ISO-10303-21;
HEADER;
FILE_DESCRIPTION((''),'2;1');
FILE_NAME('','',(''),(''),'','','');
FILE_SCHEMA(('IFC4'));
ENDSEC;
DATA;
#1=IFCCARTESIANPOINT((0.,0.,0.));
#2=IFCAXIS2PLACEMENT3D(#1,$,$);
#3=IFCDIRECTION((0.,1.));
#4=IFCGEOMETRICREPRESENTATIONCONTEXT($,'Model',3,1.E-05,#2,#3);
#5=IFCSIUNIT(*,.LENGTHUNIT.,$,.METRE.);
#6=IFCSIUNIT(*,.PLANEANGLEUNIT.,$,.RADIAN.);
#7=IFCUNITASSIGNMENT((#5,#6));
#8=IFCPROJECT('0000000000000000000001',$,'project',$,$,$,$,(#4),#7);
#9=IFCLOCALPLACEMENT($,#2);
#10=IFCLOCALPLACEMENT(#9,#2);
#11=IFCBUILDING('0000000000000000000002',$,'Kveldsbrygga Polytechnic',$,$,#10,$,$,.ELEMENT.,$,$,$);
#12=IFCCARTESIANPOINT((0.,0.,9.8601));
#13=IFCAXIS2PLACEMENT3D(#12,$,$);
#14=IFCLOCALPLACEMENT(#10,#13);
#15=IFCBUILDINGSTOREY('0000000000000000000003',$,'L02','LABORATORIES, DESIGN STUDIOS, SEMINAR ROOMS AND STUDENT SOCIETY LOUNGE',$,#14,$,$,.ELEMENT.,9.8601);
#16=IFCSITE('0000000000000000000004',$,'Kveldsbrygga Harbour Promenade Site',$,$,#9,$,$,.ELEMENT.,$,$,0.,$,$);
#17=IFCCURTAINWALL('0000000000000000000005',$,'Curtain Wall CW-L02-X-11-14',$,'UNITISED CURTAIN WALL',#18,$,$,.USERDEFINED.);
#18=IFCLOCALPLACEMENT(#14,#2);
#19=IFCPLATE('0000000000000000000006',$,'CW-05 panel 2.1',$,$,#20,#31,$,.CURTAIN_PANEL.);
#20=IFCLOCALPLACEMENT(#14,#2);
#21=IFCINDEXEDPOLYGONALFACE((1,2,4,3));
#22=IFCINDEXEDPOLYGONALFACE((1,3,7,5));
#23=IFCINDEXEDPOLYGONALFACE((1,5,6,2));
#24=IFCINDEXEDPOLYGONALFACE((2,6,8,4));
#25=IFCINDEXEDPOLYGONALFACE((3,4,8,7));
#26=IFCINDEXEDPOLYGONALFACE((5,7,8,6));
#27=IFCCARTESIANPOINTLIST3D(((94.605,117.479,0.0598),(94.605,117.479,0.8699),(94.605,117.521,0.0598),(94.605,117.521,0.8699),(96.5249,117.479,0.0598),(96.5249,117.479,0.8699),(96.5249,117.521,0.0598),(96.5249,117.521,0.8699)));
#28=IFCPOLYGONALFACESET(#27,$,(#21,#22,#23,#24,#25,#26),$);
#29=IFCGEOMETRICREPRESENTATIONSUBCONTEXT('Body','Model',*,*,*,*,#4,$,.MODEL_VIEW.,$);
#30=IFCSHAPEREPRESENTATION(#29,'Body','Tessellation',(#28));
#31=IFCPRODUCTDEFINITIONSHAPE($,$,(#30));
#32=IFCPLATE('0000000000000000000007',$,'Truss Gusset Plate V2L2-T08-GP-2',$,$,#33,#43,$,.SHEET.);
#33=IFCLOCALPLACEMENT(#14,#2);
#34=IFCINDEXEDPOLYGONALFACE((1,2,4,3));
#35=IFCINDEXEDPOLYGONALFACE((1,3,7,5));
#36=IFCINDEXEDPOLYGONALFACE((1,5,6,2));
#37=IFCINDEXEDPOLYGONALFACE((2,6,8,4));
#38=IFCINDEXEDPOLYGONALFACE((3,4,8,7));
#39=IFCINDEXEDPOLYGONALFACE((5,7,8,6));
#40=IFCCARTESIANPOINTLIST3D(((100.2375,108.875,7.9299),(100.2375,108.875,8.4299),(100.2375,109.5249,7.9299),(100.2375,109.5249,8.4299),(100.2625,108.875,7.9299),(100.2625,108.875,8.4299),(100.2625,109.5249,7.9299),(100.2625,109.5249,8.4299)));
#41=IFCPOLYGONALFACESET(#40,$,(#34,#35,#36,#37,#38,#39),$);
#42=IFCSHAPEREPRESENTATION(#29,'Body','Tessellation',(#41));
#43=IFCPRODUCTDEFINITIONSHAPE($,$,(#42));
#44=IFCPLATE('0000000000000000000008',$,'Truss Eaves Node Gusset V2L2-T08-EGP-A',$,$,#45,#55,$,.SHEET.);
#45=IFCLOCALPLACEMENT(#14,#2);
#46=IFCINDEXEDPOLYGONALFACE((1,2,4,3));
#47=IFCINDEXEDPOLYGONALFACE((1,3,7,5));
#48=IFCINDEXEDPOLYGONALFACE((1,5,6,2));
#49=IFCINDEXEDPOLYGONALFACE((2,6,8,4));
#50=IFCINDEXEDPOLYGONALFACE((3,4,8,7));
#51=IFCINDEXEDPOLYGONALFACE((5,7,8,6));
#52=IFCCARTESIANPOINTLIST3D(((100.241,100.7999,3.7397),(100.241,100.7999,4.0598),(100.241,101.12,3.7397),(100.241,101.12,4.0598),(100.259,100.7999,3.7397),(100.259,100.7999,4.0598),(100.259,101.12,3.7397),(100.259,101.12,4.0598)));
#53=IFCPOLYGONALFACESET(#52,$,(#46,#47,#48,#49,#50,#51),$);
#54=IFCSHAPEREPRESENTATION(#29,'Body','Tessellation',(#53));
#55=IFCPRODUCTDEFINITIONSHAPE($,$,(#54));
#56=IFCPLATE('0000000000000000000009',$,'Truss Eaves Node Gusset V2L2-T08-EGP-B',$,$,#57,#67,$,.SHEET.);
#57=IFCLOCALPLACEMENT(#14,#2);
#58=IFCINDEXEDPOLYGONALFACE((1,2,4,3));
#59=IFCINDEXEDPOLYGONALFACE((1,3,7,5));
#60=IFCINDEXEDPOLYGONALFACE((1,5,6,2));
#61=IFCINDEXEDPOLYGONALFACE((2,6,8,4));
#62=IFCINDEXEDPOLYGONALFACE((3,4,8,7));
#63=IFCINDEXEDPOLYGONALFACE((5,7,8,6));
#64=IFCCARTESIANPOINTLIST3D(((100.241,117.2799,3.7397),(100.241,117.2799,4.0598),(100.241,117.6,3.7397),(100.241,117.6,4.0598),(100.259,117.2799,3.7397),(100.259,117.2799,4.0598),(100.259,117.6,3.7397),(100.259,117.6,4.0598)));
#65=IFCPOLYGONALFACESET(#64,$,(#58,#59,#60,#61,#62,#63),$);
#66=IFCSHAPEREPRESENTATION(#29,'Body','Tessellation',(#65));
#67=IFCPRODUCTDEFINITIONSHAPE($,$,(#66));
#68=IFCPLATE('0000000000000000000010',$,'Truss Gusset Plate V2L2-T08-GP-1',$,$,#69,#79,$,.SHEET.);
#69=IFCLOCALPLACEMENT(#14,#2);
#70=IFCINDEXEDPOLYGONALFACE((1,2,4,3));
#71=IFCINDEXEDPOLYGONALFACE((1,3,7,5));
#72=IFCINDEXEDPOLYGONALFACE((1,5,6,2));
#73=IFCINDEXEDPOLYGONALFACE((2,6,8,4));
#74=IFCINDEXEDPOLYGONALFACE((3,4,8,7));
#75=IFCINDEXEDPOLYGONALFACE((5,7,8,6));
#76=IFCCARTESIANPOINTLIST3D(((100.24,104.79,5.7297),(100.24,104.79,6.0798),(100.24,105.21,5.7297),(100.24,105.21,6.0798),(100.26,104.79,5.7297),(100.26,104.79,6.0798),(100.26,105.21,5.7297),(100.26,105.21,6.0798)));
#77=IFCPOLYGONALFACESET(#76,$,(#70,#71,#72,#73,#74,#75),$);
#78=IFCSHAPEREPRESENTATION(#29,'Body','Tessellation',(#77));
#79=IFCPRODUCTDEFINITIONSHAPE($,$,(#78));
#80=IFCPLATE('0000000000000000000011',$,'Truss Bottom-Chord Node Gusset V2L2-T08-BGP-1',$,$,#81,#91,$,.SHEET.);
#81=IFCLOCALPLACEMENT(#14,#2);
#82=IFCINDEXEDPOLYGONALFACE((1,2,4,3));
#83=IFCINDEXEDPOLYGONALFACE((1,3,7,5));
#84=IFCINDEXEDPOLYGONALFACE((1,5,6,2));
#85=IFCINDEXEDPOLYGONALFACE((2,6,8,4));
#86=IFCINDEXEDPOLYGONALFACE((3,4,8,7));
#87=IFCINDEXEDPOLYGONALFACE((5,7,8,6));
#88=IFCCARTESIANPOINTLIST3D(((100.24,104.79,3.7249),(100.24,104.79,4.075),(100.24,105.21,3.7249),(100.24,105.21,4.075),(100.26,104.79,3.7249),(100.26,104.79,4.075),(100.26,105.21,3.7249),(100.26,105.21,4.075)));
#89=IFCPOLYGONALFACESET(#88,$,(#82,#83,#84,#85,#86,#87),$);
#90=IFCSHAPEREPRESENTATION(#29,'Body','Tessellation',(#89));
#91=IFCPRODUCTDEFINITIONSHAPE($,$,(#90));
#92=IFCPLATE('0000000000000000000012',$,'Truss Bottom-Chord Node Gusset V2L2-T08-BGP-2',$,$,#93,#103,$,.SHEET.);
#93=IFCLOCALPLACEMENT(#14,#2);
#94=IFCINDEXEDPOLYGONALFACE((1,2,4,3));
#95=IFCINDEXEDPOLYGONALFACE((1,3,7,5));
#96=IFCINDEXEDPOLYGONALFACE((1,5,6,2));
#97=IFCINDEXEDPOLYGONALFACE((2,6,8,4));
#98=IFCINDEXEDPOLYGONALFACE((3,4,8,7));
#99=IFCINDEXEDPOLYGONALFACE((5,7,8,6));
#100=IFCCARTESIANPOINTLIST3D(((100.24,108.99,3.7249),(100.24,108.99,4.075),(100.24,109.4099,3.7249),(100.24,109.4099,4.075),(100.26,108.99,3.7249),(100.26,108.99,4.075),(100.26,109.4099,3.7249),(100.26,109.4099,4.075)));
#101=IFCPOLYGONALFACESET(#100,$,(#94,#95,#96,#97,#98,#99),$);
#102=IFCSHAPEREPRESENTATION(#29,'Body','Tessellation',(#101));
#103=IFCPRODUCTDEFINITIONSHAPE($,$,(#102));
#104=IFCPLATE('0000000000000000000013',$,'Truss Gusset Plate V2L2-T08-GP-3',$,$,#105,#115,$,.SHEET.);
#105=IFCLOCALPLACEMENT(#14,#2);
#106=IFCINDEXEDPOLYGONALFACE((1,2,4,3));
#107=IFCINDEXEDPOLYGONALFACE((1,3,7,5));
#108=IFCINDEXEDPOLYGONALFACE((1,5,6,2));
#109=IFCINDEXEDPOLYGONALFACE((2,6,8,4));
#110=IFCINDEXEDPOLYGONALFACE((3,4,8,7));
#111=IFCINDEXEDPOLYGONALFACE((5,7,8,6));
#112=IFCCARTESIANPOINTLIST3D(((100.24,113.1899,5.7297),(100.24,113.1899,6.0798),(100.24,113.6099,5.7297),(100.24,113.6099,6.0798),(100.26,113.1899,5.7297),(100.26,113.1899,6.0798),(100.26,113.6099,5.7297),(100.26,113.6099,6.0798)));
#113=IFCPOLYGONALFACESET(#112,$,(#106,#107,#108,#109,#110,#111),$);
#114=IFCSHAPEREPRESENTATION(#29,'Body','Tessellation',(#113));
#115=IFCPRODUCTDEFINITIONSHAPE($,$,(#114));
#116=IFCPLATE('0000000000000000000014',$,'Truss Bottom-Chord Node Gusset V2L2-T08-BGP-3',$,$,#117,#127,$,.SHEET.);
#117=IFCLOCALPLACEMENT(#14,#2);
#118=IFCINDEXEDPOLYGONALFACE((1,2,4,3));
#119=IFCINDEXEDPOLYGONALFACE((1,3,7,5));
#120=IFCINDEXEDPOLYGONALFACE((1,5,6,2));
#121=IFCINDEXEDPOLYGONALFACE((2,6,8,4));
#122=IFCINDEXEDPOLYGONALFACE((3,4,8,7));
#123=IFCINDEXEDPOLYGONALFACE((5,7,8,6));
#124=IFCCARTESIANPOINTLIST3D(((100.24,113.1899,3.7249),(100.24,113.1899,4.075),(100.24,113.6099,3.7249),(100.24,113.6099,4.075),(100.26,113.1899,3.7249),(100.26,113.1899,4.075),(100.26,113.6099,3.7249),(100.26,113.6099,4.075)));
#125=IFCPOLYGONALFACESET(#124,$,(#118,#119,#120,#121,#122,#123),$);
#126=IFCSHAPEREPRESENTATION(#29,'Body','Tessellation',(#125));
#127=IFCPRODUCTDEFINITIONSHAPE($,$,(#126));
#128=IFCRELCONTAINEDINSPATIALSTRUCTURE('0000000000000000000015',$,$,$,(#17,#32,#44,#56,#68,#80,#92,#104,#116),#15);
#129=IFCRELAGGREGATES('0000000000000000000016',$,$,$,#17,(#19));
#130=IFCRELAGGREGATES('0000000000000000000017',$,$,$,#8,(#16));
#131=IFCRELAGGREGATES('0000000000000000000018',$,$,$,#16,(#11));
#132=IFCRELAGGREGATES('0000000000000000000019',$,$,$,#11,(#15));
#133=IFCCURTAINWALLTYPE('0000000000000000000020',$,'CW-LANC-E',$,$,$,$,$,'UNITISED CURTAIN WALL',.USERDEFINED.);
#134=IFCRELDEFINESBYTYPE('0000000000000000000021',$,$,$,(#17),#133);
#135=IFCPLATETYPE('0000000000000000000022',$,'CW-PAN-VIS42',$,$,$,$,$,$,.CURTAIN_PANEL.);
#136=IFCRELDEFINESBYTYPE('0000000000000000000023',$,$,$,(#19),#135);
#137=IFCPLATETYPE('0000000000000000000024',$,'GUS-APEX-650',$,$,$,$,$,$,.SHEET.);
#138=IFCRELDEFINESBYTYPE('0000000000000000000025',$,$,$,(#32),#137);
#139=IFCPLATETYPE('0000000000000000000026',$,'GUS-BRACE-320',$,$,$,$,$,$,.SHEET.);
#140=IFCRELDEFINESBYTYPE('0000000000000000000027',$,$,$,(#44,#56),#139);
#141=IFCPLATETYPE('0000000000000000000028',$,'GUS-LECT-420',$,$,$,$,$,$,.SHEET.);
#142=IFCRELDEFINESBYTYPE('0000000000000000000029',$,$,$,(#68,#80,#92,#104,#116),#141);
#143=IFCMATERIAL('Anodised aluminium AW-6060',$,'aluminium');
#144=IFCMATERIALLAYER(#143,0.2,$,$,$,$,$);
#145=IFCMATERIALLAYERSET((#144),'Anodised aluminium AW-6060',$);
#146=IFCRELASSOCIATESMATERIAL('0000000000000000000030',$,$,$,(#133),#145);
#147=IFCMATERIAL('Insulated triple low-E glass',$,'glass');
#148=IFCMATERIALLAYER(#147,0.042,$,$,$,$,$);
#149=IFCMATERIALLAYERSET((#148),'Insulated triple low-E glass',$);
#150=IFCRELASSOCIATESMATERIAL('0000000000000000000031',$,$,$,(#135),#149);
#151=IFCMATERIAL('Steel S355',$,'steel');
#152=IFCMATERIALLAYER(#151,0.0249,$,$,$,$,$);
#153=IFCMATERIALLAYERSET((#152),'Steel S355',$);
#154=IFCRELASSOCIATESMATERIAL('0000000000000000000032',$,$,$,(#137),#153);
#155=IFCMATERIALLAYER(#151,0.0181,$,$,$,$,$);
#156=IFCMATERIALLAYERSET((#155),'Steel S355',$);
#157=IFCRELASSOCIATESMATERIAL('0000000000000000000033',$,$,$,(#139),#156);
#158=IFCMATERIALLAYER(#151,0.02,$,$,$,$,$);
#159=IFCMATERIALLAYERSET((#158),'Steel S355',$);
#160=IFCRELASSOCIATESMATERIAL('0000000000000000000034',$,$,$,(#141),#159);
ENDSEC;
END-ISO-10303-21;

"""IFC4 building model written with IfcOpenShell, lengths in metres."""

from ifc_helpers import new_model, si_unit, direction, frame, origin, origin_2d, place, context, subcontext, project, spatial, rectangle, extrude, material, layer, layer_set, type_object, element, aggregate, save


model = new_model("IFC4")

# Units and contexts
model_context = context("Model", 3, precision=1e-05, world=origin(), true_north=direction((0.0, 1.0)))
body_context = subcontext(model_context, "Body", "Model", "MODEL_VIEW")
ifc_project = project(units=[si_unit("LENGTHUNIT", "METRE"), si_unit("PLANEANGLEUNIT", "RADIAN")], contexts=[model_context])

# Site, building, storey
site_placement = place(None, origin())
site = spatial("IfcSite", under=ifc_project, at=site_placement, Name="Kveldsbrygga Harbour Promenade Site", CompositionType="ELEMENT", RefElevation=0.0)
building_placement = place(site_placement, origin())
building = spatial("IfcBuilding", under=site, at=building_placement, Name="Kveldsbrygga Polytechnic", CompositionType="ELEMENT")
storey_placement = place(building_placement, frame((0.0, 0.0, 9.8601)))
storey = spatial("IfcBuildingStorey", under=building, at=storey_placement, Name="L02", Description="LABORATORIES, DESIGN STUDIOS, SEMINAR ROOMS AND STUDENT SOCIETY LOUNGE", CompositionType="ELEMENT", Elevation=9.8601)

# Shared definitions
ifc_material_1 = material(Name="Steel S355", Category="steel")

# Curtain wall, plate
ifc_material_2 = material(Name="Anodised aluminium AW-6060", Category="aluminium")
ifc_layer_1 = layer(ifc_material_2, 0.2)
ifc_layer_set_1 = layer_set([ifc_layer_1], Name="Anodised aluminium AW-6060")
curtain_wall_type = type_object("IfcCurtainWallType", Name="CW-LANC-E", ElementType="UNITISED CURTAIN WALL", PredefinedType="USERDEFINED", material=ifc_layer_set_1)
curtain_wall_placement = place(storey_placement, origin())
curtain_wall = element("IfcCurtainWall", 1, at=curtain_wall_placement, inside=storey, type_object=curtain_wall_type, Name="Curtain Wall CW-L02-X-11-14", ObjectType="UNITISED CURTAIN WALL", PredefinedType="USERDEFINED")
ifc_material_3 = material(Name="Insulated triple low-E glass", Category="glass")
ifc_layer_2 = layer(ifc_material_3, 0.042)
ifc_layer_set_2 = layer_set([ifc_layer_2], Name="Insulated triple low-E glass")
plate_type_1 = type_object("IfcPlateType", Name="CW-PAN-VIS42", PredefinedType="CURTAIN_PANEL", material=ifc_layer_set_2)
plate_1_placement = place(storey_placement, frame((95.5649, 117.5, 0.0598), z_axis=(0.0, 0.0, 1.0), x_axis=(1.0, 0.0, 0.0)))
plate_1 = element("IfcPlate", 2, at=plate_1_placement, type_object=plate_type_1, Name="CW-05 panel 2.1", PredefinedType="CURTAIN_PANEL", context=body_context, shape_type="SweptSolid", body=[
    extrude(rectangle(XDim=1.9199, YDim=0.042, at=origin_2d()), origin(), (0.0, 0.0, 1.0), 0.8101),
])
aggregate(curtain_wall, [plate_1])

# Plates
ifc_layer_3 = layer(ifc_material_1, 0.0249)
ifc_layer_set_3 = layer_set([ifc_layer_3], Name="Steel S355")
plate_type_2 = type_object("IfcPlateType", Name="GUS-APEX-650", PredefinedType="SHEET", material=ifc_layer_set_3)
plate_2_placement = place(storey_placement, frame((100.25, 109.2, 7.9299), z_axis=(0.0, 0.0, 1.0), x_axis=(1.0, 0.0, 0.0)))
element("IfcPlate", 3, at=plate_2_placement, inside=storey, type_object=plate_type_2, Name="Truss Gusset Plate V2L2-T08-GP-2", PredefinedType="SHEET", context=body_context, shape_type="SweptSolid", body=[
    extrude(rectangle(XDim=0.0249, YDim=0.6499, at=origin_2d()), origin(), (0.0, 0.0, 1.0), 0.5),
])
ifc_layer_4 = layer(ifc_material_1, 0.0181)
ifc_layer_set_4 = layer_set([ifc_layer_4], Name="Steel S355")
plate_type_3 = type_object("IfcPlateType", Name="GUS-BRACE-320", PredefinedType="SHEET", material=ifc_layer_set_4)
for number, where, z_axis, x_axis, name in (
    (4, (100.25, 100.96, 3.7397), (0.0, 0.0, 1.0), (1.0, 0.0, 0.0), "Truss Eaves Node Gusset V2L2-T08-EGP-A"),
    (5, (100.25, 117.4399, 3.7397), (0.0, 0.0, 1.0), (1.0, 0.0, 0.0), "Truss Eaves Node Gusset V2L2-T08-EGP-B"),
):
    element("IfcPlate", number, at=place(storey_placement, frame(where, z_axis=z_axis, x_axis=x_axis)), inside=storey, type_object=plate_type_3, Name=name, PredefinedType="SHEET", context=body_context, shape_type="SweptSolid", body=[
        extrude(rectangle(XDim=0.0181, YDim=0.3201, at=origin_2d()), origin(), (0.0, 0.0, 1.0), 0.3201),
    ])
ifc_layer_5 = layer(ifc_material_1, 0.02)
ifc_layer_set_5 = layer_set([ifc_layer_5], Name="Steel S355")
plate_type_4 = type_object("IfcPlateType", Name="GUS-LECT-420", PredefinedType="SHEET", material=ifc_layer_set_5)
for number, where, z_axis, x_axis, name in (
    (6, (100.25, 105.0, 5.7297), (0.0, 0.0, 1.0), (1.0, 0.0, 0.0), "Truss Gusset Plate V2L2-T08-GP-1"),
    (7, (100.25, 105.0, 3.7249), (0.0, 0.0, 1.0), (1.0, 0.0, 0.0), "Truss Bottom-Chord Node Gusset V2L2-T08-BGP-1"),
    (8, (100.25, 109.2, 3.7249), (0.0, 0.0, 1.0), (1.0, 0.0, 0.0), "Truss Bottom-Chord Node Gusset V2L2-T08-BGP-2"),
    (9, (100.25, 113.3999, 5.7297), (0.0, 0.0, 1.0), (1.0, 0.0, 0.0), "Truss Gusset Plate V2L2-T08-GP-3"),
    (10, (100.25, 113.3999, 3.7249), (0.0, 0.0, 1.0), (1.0, 0.0, 0.0), "Truss Bottom-Chord Node Gusset V2L2-T08-BGP-3"),
):
    element("IfcPlate", number, at=place(storey_placement, frame(where, z_axis=z_axis, x_axis=x_axis)), inside=storey, type_object=plate_type_4, Name=name, PredefinedType="SHEET", context=body_context, shape_type="SweptSolid", body=[
        extrude(rectangle(XDim=0.02, YDim=0.4199, at=origin_2d()), origin(), (0.0, 0.0, 1.0), 0.3501),
    ])

save(model, "model.ifc")
